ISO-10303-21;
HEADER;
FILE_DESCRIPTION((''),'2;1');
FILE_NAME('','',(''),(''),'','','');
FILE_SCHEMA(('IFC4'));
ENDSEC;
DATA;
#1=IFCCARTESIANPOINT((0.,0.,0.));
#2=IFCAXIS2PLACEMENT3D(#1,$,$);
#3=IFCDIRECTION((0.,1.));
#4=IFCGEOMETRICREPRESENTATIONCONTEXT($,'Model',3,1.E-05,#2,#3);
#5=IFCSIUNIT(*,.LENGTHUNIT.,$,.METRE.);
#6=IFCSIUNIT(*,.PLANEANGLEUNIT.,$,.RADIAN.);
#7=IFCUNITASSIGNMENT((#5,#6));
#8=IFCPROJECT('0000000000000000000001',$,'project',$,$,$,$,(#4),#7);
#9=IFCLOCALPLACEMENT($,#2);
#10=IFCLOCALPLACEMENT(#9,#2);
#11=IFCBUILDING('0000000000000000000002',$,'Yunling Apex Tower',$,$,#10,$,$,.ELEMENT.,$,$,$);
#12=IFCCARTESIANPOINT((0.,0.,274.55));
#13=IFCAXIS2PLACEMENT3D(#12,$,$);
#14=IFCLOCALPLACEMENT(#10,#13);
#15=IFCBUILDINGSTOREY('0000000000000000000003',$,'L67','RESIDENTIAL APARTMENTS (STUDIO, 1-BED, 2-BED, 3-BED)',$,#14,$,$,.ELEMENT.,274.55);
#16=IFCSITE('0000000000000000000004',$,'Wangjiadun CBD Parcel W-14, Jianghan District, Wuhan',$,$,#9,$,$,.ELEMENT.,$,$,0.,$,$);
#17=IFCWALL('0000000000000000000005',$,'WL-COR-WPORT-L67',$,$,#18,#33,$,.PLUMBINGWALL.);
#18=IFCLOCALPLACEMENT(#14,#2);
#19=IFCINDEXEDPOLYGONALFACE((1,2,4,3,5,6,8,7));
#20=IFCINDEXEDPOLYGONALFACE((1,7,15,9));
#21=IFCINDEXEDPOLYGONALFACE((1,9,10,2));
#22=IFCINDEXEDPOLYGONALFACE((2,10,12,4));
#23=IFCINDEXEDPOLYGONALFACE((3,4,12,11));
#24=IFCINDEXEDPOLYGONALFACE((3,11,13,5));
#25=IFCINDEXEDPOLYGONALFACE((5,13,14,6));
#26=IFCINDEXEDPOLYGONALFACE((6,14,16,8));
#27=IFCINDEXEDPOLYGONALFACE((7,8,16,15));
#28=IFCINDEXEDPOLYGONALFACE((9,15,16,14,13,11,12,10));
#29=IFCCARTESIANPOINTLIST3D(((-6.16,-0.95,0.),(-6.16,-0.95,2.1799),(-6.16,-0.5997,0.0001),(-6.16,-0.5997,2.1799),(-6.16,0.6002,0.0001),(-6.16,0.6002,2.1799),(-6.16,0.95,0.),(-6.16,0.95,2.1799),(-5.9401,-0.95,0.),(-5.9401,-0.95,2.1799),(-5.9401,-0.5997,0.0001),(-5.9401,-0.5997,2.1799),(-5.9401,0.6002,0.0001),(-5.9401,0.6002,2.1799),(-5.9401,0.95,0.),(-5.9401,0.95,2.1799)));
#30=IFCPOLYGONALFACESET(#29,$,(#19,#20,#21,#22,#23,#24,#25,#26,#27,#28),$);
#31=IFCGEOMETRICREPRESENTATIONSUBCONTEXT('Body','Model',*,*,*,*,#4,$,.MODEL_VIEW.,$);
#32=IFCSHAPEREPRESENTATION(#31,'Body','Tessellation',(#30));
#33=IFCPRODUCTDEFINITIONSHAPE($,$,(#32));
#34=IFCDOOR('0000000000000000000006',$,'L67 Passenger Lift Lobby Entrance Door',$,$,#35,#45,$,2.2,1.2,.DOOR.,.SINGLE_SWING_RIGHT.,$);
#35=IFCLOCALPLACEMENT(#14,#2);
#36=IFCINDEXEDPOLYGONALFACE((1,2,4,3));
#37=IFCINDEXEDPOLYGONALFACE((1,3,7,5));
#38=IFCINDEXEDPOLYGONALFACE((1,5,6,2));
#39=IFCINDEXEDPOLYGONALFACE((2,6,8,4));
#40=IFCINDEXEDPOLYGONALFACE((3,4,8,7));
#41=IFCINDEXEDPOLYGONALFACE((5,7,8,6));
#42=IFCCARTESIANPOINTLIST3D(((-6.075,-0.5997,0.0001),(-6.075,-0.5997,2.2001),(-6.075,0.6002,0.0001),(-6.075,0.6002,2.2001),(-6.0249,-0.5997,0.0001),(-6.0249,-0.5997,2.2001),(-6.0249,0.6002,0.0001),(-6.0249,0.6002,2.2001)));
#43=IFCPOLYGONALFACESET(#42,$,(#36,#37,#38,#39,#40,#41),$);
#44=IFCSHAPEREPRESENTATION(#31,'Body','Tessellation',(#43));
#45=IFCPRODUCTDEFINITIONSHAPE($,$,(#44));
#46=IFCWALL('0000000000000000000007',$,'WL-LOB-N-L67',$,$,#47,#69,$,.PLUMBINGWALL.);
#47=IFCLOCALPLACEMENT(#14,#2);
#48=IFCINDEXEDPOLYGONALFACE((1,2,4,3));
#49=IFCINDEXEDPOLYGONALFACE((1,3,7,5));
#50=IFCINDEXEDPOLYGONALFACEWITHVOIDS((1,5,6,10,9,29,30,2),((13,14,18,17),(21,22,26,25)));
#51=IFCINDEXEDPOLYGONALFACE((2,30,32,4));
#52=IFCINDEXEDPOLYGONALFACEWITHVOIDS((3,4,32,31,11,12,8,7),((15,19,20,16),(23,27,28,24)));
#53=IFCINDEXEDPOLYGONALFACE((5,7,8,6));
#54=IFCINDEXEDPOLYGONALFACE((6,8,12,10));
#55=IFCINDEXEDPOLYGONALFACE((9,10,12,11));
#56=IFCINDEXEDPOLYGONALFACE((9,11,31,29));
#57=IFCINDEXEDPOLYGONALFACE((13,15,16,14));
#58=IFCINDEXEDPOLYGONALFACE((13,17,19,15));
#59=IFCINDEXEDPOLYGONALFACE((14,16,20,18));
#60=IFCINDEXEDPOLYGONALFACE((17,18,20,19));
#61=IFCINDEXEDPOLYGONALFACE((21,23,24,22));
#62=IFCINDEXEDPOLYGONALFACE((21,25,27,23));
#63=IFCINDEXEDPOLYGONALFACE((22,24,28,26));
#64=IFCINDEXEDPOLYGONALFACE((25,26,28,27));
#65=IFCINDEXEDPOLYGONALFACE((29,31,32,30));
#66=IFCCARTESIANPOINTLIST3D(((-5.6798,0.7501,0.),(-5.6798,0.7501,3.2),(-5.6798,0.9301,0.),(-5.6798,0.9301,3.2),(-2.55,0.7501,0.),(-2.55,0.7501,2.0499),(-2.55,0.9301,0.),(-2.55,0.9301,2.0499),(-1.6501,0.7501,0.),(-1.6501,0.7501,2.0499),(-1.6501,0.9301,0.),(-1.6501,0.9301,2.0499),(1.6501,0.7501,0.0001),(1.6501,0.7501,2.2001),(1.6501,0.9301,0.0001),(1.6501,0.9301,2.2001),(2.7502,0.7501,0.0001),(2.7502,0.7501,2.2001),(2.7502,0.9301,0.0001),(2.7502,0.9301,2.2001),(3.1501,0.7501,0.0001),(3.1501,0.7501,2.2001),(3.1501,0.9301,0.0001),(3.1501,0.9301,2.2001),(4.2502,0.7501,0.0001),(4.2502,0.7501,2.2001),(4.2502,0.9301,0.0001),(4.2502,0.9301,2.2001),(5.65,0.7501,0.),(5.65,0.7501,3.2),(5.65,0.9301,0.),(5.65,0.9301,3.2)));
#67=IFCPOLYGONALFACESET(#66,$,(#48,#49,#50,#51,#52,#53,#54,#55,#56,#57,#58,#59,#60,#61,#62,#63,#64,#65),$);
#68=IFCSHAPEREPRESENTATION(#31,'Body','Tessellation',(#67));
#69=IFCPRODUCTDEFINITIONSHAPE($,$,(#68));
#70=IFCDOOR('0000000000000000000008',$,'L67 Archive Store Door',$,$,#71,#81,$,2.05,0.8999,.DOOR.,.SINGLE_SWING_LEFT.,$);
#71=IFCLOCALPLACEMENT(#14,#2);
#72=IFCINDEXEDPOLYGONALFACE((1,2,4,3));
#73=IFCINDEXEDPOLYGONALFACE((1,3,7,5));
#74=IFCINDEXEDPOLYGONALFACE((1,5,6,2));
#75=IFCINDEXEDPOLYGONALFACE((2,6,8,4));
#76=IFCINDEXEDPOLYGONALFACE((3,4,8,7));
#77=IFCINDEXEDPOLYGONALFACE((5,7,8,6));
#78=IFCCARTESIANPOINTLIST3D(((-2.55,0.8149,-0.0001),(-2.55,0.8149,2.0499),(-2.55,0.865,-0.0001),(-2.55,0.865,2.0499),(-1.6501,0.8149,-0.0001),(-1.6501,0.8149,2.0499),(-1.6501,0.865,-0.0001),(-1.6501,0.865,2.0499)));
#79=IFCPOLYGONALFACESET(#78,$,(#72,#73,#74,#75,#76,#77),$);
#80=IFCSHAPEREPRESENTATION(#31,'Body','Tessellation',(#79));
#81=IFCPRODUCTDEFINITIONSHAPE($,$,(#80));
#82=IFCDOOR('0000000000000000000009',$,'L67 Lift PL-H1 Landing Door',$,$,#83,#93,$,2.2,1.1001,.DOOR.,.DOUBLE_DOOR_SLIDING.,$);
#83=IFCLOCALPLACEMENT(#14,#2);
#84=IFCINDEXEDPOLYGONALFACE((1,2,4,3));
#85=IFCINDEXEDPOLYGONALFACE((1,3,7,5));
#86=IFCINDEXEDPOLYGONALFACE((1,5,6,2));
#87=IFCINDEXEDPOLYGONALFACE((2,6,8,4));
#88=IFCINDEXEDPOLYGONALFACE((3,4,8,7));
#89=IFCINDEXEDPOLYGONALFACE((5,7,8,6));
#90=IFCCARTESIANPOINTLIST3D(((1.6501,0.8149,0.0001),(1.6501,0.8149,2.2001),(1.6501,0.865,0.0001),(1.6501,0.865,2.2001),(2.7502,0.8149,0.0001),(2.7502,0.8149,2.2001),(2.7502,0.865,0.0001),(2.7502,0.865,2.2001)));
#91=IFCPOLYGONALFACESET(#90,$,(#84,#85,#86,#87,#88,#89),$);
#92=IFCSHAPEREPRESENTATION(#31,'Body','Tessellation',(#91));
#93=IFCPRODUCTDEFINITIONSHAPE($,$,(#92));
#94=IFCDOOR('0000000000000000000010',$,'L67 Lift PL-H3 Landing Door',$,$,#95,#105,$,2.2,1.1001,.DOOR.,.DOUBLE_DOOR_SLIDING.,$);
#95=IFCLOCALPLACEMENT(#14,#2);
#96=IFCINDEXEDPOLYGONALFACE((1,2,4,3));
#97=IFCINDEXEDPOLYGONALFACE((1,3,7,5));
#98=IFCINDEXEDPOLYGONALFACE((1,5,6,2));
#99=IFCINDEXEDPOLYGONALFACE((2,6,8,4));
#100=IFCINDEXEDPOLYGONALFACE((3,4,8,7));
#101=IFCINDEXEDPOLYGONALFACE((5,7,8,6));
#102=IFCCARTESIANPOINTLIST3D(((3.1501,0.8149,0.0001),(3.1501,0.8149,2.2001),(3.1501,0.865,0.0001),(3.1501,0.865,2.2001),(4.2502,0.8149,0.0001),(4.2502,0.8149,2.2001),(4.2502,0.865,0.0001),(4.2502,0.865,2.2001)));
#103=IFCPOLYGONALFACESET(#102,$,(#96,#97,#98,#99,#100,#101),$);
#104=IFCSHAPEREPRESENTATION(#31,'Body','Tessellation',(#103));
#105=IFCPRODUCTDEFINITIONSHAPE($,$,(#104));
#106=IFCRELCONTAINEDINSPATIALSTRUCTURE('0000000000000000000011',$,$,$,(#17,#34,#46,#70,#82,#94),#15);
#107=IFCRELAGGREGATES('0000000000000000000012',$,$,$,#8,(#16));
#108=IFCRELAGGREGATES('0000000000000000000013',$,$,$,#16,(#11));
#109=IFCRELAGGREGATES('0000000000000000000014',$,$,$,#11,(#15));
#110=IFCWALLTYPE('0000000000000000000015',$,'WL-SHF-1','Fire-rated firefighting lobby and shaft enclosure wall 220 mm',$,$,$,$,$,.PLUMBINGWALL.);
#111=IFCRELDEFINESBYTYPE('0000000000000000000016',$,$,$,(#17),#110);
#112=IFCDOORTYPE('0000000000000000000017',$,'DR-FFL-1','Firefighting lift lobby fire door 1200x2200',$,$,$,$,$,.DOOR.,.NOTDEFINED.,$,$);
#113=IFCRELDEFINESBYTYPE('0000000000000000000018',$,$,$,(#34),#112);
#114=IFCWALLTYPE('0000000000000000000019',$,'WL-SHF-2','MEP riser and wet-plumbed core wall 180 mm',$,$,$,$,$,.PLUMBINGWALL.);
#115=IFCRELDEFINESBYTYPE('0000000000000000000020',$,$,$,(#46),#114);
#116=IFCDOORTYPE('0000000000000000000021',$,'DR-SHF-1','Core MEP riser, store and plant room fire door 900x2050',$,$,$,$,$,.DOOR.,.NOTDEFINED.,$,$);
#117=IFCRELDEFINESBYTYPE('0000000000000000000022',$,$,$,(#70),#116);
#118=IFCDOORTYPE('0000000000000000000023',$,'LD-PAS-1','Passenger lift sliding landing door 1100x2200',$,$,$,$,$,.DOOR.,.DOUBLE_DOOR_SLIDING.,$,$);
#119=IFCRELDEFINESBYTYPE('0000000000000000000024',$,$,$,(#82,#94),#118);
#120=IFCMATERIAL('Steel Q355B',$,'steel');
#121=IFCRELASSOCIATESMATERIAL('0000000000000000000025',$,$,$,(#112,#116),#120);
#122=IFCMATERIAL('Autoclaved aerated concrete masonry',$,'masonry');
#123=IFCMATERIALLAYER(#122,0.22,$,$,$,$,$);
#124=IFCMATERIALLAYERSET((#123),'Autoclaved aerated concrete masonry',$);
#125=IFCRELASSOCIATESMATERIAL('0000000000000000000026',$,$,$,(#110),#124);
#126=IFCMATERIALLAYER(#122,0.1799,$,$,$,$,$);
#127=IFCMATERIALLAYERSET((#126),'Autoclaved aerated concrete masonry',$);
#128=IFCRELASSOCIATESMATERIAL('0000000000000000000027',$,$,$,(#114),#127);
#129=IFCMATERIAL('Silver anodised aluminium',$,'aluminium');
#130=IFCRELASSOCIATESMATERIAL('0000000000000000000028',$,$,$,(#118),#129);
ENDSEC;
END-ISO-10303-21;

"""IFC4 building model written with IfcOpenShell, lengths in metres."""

from ifc_helpers import new_model, si_unit, direction, frame, frame_2d, origin, place, context, subcontext, project, spatial, rectangle, extrude, material, layer, layer_set, type_object, element, fill, save


model = new_model("IFC4")

# Units and contexts
model_context = context("Model", 3, precision=1e-05, world=origin(), true_north=direction((0.0, 1.0)))
body_context = subcontext(model_context, "Body", "Model", "MODEL_VIEW")
ifc_project = project(units=[si_unit("LENGTHUNIT", "METRE"), si_unit("PLANEANGLEUNIT", "RADIAN")], contexts=[model_context])

# Site, building, storey
site_placement = place(None, origin())
site = spatial("IfcSite", under=ifc_project, at=site_placement, Name="Wangjiadun CBD Parcel W-14, Jianghan District, Wuhan", CompositionType="ELEMENT", RefElevation=0.0)
building_placement = place(site_placement, origin())
building = spatial("IfcBuilding", under=site, at=building_placement, Name="Yunling Apex Tower", CompositionType="ELEMENT")
storey_placement = place(building_placement, frame((0.0, 0.0, 274.55)))
storey = spatial("IfcBuildingStorey", under=building, at=storey_placement, Name="L67", Description="RESIDENTIAL APARTMENTS (STUDIO, 1-BED, 2-BED, 3-BED)", CompositionType="ELEMENT", Elevation=274.55)

# Shared definitions
ifc_material_1 = material(Name="Steel Q355B", Category="steel")

# Shared definitions
door_type_1 = type_object("IfcDoorType", Name="DR-FFL-1", Description="Firefighting lift lobby fire door 1200x2200", OperationType="NOTDEFINED", PredefinedType="DOOR", material=ifc_material_1)

# Wall, opening, door
ifc_material_2 = material(Name="Autoclaved aerated concrete masonry", Category="masonry")
ifc_layer_1 = layer(ifc_material_2, 0.22)
ifc_layer_set_1 = layer_set([ifc_layer_1], Name="Autoclaved aerated concrete masonry")
wall_type_1 = type_object("IfcWallType", Name="WL-SHF-1", Description="Fire-rated firefighting lobby and shaft enclosure wall 220 mm", PredefinedType="PLUMBINGWALL", material=ifc_layer_set_1)
wall_1_placement = place(storey_placement, frame((-6.05, -0.95, 0.0), z_axis=(0.0, 0.0, 1.0), x_axis=(0.0, 1.0, 0.0)))
wall_1 = element("IfcWall", 1, at=wall_1_placement, inside=storey, type_object=wall_type_1, Name="WL-COR-WPORT-L67", PredefinedType="PLUMBINGWALL", context=body_context, shape_type="SweptSolid", body=[
    extrude(rectangle(XDim=1.8999, YDim=0.22, at=frame_2d((0.95, 0.0))), origin(), (0.0, 0.0, 1.0), 2.1799),
])
opening_1_placement = place(wall_1_placement, frame((0.3501, 0.0, 0.0)))
opening_1 = element("IfcOpeningElement", 2, at=opening_1_placement, cuts=wall_1, PredefinedType="OPENING", context=body_context, shape_type="SweptSolid", body=[
    extrude(rectangle(XDim=1.2, YDim=2.2, at=frame_2d((0.6001, 1.1001))), frame((0.0, 0.1201, 0.0), z_axis=(0.0, -1.0, 0.0), x_axis=(1.0, 0.0, 0.0)), (0.0, 0.0, 1.0), 0.24),
])
door_1_placement = place(opening_1_placement, origin())
door_1 = element("IfcDoor", 3, at=door_1_placement, inside=storey, type_object=door_type_1, Name="L67 Passenger Lift Lobby Entrance Door", OperationType="SINGLE_SWING_RIGHT", OverallHeight=2.2, OverallWidth=1.2, PredefinedType="DOOR", context=body_context, shape_type="SweptSolid", body=[
    extrude(rectangle(XDim=1.2, YDim=2.2, at=frame_2d((0.6001, 1.1001))), frame((0.0, 0.0249, 0.0), z_axis=(0.0, -1.0, 0.0), x_axis=(1.0, 0.0, 0.0)), (0.0, 0.0, 1.0), 0.05),
])
fill(opening_1, door_1)

# Wall, openings, doors
ifc_layer_2 = layer(ifc_material_2, 0.1799)
ifc_layer_set_2 = layer_set([ifc_layer_2], Name="Autoclaved aerated concrete masonry")
wall_type_2 = type_object("IfcWallType", Name="WL-SHF-2", Description="MEP riser and wet-plumbed core wall 180 mm", PredefinedType="PLUMBINGWALL", material=ifc_layer_set_2)
wall_2_placement = place(storey_placement, frame((-5.6799, 0.8401, 0.0), z_axis=(0.0, 0.0, 1.0), x_axis=(1.0, 0.0, 0.0)))
wall_2 = element("IfcWall", 4, at=wall_2_placement, inside=storey, type_object=wall_type_2, Name="WL-LOB-N-L67", PredefinedType="PLUMBINGWALL", context=body_context, shape_type="SweptSolid", body=[
    extrude(rectangle(XDim=11.3298, YDim=0.1799, at=frame_2d((5.665, 0.0))), origin(), (0.0, 0.0, 1.0), 3.2),
])
opening_2_placement = place(wall_2_placement, frame((3.1299, 0.0, 0.0)))
opening_2 = element("IfcOpeningElement", 5, at=opening_2_placement, cuts=wall_2, PredefinedType="OPENING", context=body_context, shape_type="SweptSolid", body=[
    extrude(rectangle(XDim=0.8999, YDim=2.05, at=frame_2d((0.45, 1.0249))), frame((0.0, 0.1001, 0.0), z_axis=(0.0, -1.0, 0.0), x_axis=(1.0, 0.0, 0.0)), (0.0, 0.0, 1.0), 0.2),
])
opening_3_placement = place(wall_2_placement, frame((7.3301, 0.0, 0.0)))
opening_3 = element("IfcOpeningElement", 6, at=opening_3_placement, cuts=wall_2, PredefinedType="OPENING", context=body_context, shape_type="SweptSolid", body=[
    extrude(rectangle(XDim=1.1001, YDim=2.2, at=frame_2d((0.55, 1.1001))), frame((0.0, 0.1001, 0.0), z_axis=(0.0, -1.0, 0.0), x_axis=(1.0, 0.0, 0.0)), (0.0, 0.0, 1.0), 0.2),
])
opening_4_placement = place(wall_2_placement, frame((8.8301, 0.0, 0.0)))
opening_4 = element("IfcOpeningElement", 7, at=opening_4_placement, cuts=wall_2, PredefinedType="OPENING", context=body_context, shape_type="SweptSolid", body=[
    extrude(rectangle(XDim=1.1001, YDim=2.2, at=frame_2d((0.55, 1.1001))), frame((0.0, 0.1001, 0.0), z_axis=(0.0, -1.0, 0.0), x_axis=(1.0, 0.0, 0.0)), (0.0, 0.0, 1.0), 0.2),
])
door_type_2 = type_object("IfcDoorType", Name="DR-SHF-1", Description="Core MEP riser, store and plant room fire door 900x2050", OperationType="NOTDEFINED", PredefinedType="DOOR", material=ifc_material_1)
door_2_placement = place(opening_2_placement, origin())
door_2 = element("IfcDoor", 8, at=door_2_placement, inside=storey, type_object=door_type_2, Name="L67 Archive Store Door", OperationType="SINGLE_SWING_LEFT", OverallHeight=2.05, OverallWidth=0.8999, PredefinedType="DOOR", context=body_context, shape_type="SweptSolid", body=[
    extrude(rectangle(XDim=0.8999, YDim=2.05, at=frame_2d((0.45, 1.0249))), frame((0.0, 0.0249, 0.0), z_axis=(0.0, -1.0, 0.0), x_axis=(1.0, 0.0, 0.0)), (0.0, 0.0, 1.0), 0.05),
])
fill(opening_2, door_2)
ifc_material_3 = material(Name="Silver anodised aluminium", Category="aluminium")
door_type_3 = type_object("IfcDoorType", Name="LD-PAS-1", Description="Passenger lift sliding landing door 1100x2200", OperationType="DOUBLE_DOOR_SLIDING", PredefinedType="DOOR", material=ifc_material_3)
door_3_placement = place(opening_3_placement, origin())
door_3 = element("IfcDoor", 9, at=door_3_placement, inside=storey, type_object=door_type_3, Name="L67 Lift PL-H1 Landing Door", OperationType="DOUBLE_DOOR_SLIDING", OverallHeight=2.2, OverallWidth=1.1001, PredefinedType="DOOR", context=body_context, shape_type="SweptSolid", body=[
    extrude(rectangle(XDim=1.1001, YDim=2.2, at=frame_2d((0.55, 1.1001))), frame((0.0, 0.0249, 0.0), z_axis=(0.0, -1.0, 0.0), x_axis=(1.0, 0.0, 0.0)), (0.0, 0.0, 1.0), 0.05),
])
fill(opening_3, door_3)
door_4_placement = place(opening_4_placement, origin())
door_4 = element("IfcDoor", 10, at=door_4_placement, inside=storey, type_object=door_type_3, Name="L67 Lift PL-H3 Landing Door", OperationType="DOUBLE_DOOR_SLIDING", OverallHeight=2.2, OverallWidth=1.1001, PredefinedType="DOOR", context=body_context, shape_type="SweptSolid", body=[
    extrude(rectangle(XDim=1.1001, YDim=2.2, at=frame_2d((0.55, 1.1001))), frame((0.0, 0.0249, 0.0), z_axis=(0.0, -1.0, 0.0), x_axis=(1.0, 0.0, 0.0)), (0.0, 0.0, 1.0), 0.05),
])
fill(opening_4, door_4)

save(model, "model.ifc")
